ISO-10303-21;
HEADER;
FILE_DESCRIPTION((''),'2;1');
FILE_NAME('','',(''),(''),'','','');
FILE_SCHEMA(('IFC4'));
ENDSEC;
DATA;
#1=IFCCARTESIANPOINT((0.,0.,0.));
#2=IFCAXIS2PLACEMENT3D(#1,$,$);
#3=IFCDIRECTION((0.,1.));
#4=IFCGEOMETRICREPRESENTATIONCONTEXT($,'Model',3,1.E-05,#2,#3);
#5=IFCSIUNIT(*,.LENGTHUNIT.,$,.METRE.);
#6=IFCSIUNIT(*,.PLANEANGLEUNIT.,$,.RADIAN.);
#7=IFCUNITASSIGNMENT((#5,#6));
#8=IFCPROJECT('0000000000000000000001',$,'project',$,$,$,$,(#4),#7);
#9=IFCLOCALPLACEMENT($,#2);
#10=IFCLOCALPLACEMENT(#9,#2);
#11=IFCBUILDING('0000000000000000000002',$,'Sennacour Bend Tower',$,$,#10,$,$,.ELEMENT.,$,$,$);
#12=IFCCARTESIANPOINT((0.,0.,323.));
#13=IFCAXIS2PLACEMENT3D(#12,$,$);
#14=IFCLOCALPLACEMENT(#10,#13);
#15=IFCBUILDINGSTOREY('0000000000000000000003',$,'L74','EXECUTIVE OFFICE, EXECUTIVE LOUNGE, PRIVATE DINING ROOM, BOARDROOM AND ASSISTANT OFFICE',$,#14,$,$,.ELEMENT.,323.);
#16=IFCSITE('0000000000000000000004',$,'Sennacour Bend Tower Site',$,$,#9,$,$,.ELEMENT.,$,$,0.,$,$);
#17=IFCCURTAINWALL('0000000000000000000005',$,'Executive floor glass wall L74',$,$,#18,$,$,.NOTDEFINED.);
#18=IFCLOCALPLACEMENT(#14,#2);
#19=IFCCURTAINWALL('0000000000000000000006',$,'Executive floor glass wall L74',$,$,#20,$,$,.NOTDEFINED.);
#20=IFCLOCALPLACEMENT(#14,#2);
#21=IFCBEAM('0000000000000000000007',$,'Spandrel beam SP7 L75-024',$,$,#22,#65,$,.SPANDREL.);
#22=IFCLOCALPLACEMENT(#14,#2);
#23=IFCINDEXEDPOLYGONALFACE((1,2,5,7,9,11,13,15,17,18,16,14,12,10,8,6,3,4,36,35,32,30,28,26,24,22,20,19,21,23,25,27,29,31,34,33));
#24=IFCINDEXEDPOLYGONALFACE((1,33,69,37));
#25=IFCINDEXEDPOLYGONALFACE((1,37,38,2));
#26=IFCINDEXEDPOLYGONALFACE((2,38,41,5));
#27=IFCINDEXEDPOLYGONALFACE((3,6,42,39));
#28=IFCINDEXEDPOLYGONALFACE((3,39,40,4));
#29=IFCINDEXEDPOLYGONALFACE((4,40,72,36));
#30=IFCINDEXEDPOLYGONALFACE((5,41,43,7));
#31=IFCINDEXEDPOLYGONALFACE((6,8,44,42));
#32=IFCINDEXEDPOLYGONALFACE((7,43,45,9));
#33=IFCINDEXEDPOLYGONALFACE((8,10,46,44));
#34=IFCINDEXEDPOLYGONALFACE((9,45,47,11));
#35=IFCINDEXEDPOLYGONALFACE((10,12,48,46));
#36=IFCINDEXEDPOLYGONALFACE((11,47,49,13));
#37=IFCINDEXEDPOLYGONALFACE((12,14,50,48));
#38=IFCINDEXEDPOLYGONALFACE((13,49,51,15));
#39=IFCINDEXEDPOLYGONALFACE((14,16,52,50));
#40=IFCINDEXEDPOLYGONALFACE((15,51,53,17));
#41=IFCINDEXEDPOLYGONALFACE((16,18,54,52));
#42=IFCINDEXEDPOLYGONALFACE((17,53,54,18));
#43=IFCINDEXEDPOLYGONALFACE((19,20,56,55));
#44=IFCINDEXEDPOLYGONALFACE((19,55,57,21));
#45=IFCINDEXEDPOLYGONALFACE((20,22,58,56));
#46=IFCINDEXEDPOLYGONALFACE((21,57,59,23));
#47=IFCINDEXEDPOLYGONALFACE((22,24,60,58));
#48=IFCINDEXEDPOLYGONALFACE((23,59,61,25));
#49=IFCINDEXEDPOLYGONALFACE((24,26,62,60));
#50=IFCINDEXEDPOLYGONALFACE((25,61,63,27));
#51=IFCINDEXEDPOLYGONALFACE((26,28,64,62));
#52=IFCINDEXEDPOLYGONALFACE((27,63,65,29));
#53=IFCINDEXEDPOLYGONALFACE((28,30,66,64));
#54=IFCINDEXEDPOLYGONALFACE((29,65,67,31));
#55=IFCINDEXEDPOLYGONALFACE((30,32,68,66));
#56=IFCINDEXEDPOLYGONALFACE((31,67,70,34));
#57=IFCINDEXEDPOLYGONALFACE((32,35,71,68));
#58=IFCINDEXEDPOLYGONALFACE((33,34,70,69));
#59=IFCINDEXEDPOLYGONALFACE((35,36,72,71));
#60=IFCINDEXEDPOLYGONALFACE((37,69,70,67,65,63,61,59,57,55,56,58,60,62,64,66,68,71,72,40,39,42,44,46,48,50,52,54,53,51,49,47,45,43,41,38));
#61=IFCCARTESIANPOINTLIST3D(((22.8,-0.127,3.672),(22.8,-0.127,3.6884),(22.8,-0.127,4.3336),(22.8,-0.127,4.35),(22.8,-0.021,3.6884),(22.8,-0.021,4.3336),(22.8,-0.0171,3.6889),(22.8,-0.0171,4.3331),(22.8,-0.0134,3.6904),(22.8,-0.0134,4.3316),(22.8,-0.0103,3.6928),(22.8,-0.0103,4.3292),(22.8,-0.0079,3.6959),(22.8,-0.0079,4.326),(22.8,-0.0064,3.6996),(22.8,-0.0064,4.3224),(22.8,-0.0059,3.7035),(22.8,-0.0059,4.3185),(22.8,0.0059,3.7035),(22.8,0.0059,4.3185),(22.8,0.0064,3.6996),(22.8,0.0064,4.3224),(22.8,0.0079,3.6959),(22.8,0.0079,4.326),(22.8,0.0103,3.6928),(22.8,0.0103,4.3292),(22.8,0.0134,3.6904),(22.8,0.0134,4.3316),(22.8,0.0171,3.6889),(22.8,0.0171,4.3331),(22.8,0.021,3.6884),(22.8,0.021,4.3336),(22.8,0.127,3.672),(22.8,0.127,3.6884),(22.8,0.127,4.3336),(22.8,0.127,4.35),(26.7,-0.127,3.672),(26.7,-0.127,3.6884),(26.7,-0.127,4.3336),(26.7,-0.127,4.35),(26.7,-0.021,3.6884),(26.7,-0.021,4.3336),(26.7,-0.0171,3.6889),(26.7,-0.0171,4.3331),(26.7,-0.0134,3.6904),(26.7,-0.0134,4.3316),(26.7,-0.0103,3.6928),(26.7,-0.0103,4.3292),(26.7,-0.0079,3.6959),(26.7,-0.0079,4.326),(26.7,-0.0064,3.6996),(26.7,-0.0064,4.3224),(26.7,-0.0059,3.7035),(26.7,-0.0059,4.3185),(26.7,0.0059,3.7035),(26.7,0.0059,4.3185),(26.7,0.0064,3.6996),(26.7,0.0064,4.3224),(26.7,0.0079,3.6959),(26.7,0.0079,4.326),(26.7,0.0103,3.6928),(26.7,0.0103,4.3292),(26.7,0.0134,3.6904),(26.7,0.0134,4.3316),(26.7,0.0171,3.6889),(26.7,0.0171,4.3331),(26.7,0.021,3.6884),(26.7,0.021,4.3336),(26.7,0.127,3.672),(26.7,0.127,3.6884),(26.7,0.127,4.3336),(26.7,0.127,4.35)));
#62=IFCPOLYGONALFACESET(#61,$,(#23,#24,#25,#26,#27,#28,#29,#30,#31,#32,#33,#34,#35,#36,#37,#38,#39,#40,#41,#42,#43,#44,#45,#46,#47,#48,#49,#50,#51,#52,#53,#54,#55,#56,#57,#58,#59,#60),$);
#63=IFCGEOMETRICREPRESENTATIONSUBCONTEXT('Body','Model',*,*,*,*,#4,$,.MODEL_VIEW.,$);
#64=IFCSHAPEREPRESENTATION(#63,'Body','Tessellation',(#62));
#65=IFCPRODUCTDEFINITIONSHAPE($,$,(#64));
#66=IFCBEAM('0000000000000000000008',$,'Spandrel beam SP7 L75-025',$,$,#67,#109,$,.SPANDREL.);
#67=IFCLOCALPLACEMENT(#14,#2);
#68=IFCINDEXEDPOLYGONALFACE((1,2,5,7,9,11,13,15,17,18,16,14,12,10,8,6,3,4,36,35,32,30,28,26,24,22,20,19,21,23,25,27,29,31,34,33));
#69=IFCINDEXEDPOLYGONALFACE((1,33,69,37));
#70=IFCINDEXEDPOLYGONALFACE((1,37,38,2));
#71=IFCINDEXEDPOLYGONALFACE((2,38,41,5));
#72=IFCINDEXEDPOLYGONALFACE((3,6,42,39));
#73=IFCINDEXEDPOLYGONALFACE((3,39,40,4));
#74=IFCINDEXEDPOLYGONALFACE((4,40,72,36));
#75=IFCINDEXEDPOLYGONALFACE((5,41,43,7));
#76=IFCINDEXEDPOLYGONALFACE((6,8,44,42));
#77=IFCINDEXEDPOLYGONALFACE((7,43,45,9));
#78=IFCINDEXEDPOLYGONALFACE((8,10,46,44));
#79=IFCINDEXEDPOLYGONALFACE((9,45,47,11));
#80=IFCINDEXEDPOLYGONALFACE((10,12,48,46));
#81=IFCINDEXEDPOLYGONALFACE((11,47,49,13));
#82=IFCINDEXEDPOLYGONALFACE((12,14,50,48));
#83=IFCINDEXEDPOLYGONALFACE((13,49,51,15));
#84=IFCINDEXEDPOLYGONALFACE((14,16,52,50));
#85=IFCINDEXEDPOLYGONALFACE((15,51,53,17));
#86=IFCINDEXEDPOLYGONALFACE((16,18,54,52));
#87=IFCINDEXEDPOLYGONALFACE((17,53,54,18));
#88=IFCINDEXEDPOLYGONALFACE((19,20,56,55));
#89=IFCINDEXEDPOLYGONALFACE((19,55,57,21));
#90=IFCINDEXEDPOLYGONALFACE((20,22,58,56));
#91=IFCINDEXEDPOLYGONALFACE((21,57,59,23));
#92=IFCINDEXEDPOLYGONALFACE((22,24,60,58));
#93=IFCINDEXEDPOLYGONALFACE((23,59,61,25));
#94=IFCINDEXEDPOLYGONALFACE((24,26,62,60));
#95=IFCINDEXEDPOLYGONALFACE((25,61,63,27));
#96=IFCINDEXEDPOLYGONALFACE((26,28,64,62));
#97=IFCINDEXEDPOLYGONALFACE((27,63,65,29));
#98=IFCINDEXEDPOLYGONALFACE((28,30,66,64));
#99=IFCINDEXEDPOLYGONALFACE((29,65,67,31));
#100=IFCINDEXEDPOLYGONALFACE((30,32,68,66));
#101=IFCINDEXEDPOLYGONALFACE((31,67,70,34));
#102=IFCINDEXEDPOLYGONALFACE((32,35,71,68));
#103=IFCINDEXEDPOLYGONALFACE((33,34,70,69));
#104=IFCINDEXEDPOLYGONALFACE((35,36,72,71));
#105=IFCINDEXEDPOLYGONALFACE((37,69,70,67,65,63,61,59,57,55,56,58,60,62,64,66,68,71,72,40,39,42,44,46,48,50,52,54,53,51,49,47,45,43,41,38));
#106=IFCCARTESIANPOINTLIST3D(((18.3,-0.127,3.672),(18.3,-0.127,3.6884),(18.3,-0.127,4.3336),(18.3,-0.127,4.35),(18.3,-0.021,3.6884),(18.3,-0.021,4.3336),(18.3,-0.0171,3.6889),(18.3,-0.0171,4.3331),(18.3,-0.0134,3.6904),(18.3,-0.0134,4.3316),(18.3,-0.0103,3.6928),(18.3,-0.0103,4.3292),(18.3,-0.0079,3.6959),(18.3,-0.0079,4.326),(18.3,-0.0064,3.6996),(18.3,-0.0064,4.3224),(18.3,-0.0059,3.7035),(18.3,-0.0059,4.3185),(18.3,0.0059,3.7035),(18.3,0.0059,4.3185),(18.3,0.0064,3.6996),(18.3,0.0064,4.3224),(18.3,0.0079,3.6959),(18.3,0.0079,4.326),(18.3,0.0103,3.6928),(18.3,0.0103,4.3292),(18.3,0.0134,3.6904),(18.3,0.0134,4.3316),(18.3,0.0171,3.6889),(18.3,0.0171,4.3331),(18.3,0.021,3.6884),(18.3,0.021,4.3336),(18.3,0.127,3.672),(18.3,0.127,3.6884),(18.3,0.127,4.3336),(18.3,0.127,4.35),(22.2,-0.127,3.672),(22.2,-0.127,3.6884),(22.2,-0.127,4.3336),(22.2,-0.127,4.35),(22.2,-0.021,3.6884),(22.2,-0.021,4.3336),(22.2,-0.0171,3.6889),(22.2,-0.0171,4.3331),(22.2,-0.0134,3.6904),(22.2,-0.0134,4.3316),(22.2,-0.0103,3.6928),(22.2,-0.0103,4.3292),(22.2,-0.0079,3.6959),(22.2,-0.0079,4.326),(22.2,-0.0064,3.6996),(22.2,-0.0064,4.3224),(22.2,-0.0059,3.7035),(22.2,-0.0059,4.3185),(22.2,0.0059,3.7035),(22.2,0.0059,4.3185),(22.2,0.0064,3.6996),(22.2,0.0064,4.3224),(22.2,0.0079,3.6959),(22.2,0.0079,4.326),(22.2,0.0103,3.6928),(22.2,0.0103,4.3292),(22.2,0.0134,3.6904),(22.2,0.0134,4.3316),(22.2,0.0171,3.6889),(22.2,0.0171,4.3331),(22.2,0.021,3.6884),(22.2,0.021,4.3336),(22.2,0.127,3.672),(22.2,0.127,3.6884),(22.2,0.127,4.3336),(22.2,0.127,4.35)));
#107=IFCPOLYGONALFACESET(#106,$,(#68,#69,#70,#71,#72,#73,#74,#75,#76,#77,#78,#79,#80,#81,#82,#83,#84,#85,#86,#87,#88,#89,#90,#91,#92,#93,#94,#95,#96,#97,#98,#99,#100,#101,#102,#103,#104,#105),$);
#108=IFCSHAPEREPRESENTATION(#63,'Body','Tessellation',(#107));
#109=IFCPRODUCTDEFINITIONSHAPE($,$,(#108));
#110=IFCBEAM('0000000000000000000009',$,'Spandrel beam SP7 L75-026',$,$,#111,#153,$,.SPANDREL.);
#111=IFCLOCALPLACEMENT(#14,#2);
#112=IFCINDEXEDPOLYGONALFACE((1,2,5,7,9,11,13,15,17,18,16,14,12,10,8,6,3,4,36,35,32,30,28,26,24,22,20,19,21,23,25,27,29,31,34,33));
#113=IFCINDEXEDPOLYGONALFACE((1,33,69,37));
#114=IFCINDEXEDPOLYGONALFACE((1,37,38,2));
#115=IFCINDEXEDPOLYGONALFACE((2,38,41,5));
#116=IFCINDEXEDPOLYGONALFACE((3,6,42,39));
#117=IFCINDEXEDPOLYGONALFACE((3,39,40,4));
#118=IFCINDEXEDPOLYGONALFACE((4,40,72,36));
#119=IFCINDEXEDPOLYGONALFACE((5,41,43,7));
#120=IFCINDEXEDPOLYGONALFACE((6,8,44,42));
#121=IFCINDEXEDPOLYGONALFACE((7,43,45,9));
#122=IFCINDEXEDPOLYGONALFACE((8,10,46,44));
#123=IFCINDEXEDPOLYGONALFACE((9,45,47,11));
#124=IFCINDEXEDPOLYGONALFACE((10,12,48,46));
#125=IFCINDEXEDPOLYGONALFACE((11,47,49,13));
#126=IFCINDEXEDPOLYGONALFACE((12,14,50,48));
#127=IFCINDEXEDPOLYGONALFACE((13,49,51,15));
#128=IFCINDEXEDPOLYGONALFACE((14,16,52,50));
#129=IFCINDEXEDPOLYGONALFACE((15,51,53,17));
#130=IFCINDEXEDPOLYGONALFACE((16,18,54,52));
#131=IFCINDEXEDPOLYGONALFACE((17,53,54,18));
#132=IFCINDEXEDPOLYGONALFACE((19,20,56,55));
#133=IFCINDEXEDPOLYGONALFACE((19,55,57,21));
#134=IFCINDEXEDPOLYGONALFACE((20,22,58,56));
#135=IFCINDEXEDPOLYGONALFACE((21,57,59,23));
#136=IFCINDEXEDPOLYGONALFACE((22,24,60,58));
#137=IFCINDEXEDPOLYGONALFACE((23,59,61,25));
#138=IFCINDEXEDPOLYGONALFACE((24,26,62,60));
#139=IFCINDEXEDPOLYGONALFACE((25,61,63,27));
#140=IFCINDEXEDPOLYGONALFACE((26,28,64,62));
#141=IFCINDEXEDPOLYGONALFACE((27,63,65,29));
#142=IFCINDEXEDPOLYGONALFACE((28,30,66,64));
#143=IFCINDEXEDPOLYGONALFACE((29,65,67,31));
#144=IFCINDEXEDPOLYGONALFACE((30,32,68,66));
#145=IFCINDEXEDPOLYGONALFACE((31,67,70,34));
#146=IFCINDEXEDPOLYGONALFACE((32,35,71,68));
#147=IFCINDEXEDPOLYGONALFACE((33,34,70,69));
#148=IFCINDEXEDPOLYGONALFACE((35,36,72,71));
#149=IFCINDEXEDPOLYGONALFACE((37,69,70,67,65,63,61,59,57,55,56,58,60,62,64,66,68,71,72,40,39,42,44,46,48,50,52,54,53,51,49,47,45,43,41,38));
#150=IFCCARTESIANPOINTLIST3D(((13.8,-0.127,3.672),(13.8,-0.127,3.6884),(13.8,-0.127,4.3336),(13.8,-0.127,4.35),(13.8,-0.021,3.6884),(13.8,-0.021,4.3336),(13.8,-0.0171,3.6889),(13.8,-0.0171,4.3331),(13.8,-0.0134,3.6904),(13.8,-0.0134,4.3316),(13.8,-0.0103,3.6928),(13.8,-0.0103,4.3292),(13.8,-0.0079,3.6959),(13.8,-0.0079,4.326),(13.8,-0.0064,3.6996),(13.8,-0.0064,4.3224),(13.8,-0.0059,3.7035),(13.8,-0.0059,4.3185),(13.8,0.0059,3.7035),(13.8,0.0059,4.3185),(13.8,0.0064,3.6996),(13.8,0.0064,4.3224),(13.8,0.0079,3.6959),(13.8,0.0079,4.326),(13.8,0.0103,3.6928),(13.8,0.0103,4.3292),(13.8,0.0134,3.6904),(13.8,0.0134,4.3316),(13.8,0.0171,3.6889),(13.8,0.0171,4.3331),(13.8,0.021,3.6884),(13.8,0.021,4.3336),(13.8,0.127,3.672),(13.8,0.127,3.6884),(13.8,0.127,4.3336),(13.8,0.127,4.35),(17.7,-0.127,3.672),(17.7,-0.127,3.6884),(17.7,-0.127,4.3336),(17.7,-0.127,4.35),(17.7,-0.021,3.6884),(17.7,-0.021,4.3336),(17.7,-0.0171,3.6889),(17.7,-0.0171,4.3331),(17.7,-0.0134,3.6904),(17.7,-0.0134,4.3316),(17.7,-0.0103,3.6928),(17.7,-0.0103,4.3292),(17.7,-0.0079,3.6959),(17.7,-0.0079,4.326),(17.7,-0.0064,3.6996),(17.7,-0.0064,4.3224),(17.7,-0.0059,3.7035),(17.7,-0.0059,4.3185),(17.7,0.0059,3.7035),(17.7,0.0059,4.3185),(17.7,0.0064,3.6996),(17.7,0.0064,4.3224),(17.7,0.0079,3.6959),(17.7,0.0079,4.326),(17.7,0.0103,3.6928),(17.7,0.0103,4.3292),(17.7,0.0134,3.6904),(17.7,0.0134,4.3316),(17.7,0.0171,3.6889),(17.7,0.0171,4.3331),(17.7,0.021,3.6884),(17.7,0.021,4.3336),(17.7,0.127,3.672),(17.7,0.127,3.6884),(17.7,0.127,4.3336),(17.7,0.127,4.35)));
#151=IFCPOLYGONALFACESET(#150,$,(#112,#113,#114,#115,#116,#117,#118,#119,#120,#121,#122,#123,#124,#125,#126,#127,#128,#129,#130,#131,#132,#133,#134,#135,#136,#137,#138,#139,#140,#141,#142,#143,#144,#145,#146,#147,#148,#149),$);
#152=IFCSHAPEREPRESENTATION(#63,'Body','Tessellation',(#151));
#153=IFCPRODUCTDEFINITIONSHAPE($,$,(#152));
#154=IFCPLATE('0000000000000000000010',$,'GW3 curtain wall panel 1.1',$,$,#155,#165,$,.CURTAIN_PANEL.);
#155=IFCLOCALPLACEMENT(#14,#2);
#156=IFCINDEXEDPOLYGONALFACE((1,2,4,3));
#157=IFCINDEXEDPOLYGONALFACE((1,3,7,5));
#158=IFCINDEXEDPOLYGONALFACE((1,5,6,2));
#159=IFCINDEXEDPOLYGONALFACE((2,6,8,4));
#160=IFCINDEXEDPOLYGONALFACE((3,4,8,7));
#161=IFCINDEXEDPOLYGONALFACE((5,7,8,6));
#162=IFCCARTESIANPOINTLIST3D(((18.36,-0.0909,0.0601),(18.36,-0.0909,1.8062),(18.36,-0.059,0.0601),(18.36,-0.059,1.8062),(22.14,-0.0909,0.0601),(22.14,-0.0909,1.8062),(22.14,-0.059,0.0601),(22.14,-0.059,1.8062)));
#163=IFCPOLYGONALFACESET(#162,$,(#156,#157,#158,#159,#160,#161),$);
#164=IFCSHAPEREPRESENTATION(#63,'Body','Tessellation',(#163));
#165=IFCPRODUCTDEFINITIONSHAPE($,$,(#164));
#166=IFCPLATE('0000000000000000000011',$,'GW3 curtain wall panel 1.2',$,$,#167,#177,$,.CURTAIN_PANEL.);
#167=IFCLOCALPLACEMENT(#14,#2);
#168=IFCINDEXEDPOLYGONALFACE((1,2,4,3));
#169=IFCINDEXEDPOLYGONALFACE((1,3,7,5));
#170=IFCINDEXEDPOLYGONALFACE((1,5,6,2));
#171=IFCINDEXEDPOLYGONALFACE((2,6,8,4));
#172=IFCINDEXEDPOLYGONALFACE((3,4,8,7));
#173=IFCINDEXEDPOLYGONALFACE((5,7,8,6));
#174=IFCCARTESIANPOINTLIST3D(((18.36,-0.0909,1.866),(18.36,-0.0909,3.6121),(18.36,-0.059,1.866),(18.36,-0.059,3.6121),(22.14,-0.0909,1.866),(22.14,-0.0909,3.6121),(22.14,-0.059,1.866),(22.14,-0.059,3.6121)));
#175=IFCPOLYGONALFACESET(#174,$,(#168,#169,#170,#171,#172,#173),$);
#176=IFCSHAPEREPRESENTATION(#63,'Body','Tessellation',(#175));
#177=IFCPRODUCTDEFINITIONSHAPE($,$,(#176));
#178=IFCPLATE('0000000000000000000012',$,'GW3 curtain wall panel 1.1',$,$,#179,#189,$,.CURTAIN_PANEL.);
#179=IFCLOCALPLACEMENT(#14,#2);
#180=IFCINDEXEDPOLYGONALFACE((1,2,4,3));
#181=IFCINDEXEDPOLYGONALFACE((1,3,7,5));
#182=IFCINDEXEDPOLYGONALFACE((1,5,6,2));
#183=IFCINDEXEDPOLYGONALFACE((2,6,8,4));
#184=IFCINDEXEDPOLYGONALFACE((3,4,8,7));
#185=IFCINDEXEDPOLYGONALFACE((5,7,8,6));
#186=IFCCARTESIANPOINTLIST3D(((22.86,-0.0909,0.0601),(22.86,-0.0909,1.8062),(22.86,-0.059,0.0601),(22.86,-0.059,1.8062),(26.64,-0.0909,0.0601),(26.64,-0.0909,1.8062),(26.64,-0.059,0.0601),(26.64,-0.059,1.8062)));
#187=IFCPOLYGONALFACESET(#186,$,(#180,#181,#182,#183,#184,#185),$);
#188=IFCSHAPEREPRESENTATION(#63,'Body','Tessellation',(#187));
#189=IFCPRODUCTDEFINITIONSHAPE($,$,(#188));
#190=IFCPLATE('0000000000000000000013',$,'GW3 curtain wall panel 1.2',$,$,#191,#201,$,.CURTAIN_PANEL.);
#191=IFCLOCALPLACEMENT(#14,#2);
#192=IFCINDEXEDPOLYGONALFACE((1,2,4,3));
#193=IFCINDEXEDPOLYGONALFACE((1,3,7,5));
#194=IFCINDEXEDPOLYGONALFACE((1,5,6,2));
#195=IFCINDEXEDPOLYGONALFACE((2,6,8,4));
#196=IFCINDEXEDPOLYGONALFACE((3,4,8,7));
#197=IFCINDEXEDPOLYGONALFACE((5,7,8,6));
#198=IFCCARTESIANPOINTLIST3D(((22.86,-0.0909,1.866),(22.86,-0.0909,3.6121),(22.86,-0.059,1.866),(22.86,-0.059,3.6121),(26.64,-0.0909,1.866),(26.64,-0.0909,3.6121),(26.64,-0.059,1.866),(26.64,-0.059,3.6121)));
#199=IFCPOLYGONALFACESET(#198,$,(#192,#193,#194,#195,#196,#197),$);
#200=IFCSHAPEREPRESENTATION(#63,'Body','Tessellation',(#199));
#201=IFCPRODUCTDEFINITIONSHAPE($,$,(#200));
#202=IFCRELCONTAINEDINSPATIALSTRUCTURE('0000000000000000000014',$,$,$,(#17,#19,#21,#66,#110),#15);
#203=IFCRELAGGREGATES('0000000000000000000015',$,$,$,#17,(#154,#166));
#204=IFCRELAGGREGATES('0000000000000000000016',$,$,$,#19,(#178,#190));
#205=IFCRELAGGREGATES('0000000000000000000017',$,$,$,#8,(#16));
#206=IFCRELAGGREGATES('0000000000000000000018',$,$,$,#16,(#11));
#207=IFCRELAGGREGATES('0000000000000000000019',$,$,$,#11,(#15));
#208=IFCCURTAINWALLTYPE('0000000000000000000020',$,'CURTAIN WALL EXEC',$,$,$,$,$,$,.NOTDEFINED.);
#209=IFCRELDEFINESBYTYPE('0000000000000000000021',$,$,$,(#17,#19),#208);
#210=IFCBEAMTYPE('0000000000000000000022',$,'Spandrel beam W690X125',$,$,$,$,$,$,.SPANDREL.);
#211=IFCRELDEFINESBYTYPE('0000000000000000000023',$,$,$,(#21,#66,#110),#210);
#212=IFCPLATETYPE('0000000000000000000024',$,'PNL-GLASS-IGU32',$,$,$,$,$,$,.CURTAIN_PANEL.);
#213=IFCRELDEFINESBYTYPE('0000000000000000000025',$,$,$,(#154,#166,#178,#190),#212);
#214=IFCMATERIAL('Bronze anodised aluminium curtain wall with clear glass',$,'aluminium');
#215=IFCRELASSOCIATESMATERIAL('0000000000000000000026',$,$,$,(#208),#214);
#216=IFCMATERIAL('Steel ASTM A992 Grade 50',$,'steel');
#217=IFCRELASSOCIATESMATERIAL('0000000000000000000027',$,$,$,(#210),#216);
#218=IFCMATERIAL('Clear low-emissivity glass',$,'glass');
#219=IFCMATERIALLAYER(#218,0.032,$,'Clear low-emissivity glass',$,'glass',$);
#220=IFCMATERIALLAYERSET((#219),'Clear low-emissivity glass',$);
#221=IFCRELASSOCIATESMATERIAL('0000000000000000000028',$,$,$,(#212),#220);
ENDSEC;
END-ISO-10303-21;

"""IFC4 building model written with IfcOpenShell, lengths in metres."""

from ifc_helpers import new_model, si_unit, direction, frame, origin, origin_2d, place, context, subcontext, project, spatial, rectangle, i_section, extrude, material, layer, layer_set, material_profile, profile_set, type_object, element, aggregate, save


model = new_model("IFC4")

# Units and contexts
model_context = context("Model", 3, precision=1e-05, world=origin(), true_north=direction((0.0, 1.0)))
body_context = subcontext(model_context, "Body", "Model", "MODEL_VIEW")
ifc_project = project(units=[si_unit("LENGTHUNIT", "METRE"), si_unit("PLANEANGLEUNIT", "RADIAN")], contexts=[model_context])

# Site, building, storey
site_placement = place(None, origin())
site = spatial("IfcSite", under=ifc_project, at=site_placement, Name="Sennacour Bend Tower Site", CompositionType="ELEMENT", RefElevation=0.0)
building_placement = place(site_placement, origin())
building = spatial("IfcBuilding", under=site, at=building_placement, Name="Sennacour Bend Tower", CompositionType="ELEMENT")
storey_placement = place(building_placement, frame((0.0, 0.0, 323.0)))
storey = spatial("IfcBuildingStorey", under=building, at=storey_placement, Name="L74", Description="EXECUTIVE OFFICE, EXECUTIVE LOUNGE, PRIVATE DINING ROOM, BOARDROOM AND ASSISTANT OFFICE", CompositionType="ELEMENT", Elevation=323.0)

# Shared definitions
ifc_material_1 = material(Name="Bronze anodised aluminium curtain wall with clear glass", Category="aluminium")
curtain_wall_type = type_object("IfcCurtainWallType", Name="CURTAIN WALL EXEC", PredefinedType="NOTDEFINED", material=ifc_material_1)

# Curtain walls
curtain_wall_1_placement = place(storey_placement, origin())
curtain_wall_1 = element("IfcCurtainWall", 1, at=curtain_wall_1_placement, inside=storey, type_object=curtain_wall_type, Name="Executive floor glass wall L74", PredefinedType="NOTDEFINED")
curtain_wall_2_placement = place(storey_placement, origin())
curtain_wall_2 = element("IfcCurtainWall", 2, at=curtain_wall_2_placement, inside=storey, type_object=curtain_wall_type, Name="Executive floor glass wall L74", PredefinedType="NOTDEFINED")

# Beams
ifc_material_2 = material(Name="Steel ASTM A992 Grade 50", Category="steel")
ifc_material_profile_1 = material_profile(ifc_material_2, i_section(OverallWidth=0.2539, OverallDepth=0.678, WebThickness=0.0117, FlangeThickness=0.0164, FilletRadius=0.0151, at=origin_2d()), Name="Steel ASTM A992 Grade 50", Category="steel")
ifc_profile_set_1 = profile_set([ifc_material_profile_1], Name="Steel ASTM A992 Grade 50")
beam_type_1 = type_object("IfcBeamType", Name="Spandrel beam W690X125", PredefinedType="SPANDREL", material=ifc_profile_set_1)
for number, where, z_axis, x_axis, name in (
    (3, (26.7, 0.0, 4.011), (-1.0, 0.0, 0.0), (0.0, -1.0, 0.0), "Spandrel beam SP7 L75-024"),
    (4, (22.2, 0.0, 4.011), (-1.0, 0.0, 0.0), (0.0, -1.0, 0.0), "Spandrel beam SP7 L75-025"),
    (5, (17.7, 0.0, 4.011), (-1.0, 0.0, 0.0), (0.0, -1.0, 0.0), "Spandrel beam SP7 L75-026"),
):
    element("IfcBeam", number, at=place(storey_placement, frame(where, z_axis=z_axis, x_axis=x_axis)), inside=storey, type_object=beam_type_1, Name=name, PredefinedType="SPANDREL", context=body_context, shape_type="SweptSolid", body=[
        extrude(i_section(OverallWidth=0.2539, OverallDepth=0.678, WebThickness=0.0117, FlangeThickness=0.0164, FilletRadius=0.0151, at=origin_2d()), origin(), (0.0, 0.0, 1.0), 3.8999),
    ])

# Plates
ifc_material_3 = material(Name="Clear low-emissivity glass", Category="glass")
ifc_layer_1 = layer(ifc_material_3, 0.032, Name="Clear low-emissivity glass", Category="glass")
ifc_layer_set_1 = layer_set([ifc_layer_1], Name="Clear low-emissivity glass")
plate_type = type_object("IfcPlateType", Name="PNL-GLASS-IGU32", PredefinedType="CURTAIN_PANEL", material=ifc_layer_set_1)
plate_1_placement = place(storey_placement, frame((20.25, -0.075, 0.0601), z_axis=(0.0, 0.0, 1.0), x_axis=(1.0, 0.0, 0.0)))
plate_1 = element("IfcPlate", 6, at=plate_1_placement, type_object=plate_type, Name="GW3 curtain wall panel 1.1", PredefinedType="CURTAIN_PANEL", context=body_context, shape_type="SweptSolid", body=[
    extrude(rectangle(XDim=3.78, YDim=0.032, at=origin_2d()), origin(), (0.0, 0.0, 1.0), 1.7461),
])
plate_2_placement = place(storey_placement, frame((20.25, -0.075, 1.866), z_axis=(0.0, 0.0, 1.0), x_axis=(1.0, 0.0, 0.0)))
plate_2 = element("IfcPlate", 7, at=plate_2_placement, type_object=plate_type, Name="GW3 curtain wall panel 1.2", PredefinedType="CURTAIN_PANEL", context=body_context, shape_type="SweptSolid", body=[
    extrude(rectangle(XDim=3.78, YDim=0.032, at=origin_2d()), origin(), (0.0, 0.0, 1.0), 1.7461),
])
aggregate(curtain_wall_1, [plate_1, plate_2])
plate_3_placement = place(storey_placement, frame((24.75, -0.075, 0.0601), z_axis=(0.0, 0.0, 1.0), x_axis=(1.0, 0.0, 0.0)))
plate_3 = element("IfcPlate", 8, at=plate_3_placement, type_object=plate_type, Name="GW3 curtain wall panel 1.1", PredefinedType="CURTAIN_PANEL", context=body_context, shape_type="SweptSolid", body=[
    extrude(rectangle(XDim=3.78, YDim=0.032, at=origin_2d()), origin(), (0.0, 0.0, 1.0), 1.7461),
])
plate_4_placement = place(storey_placement, frame((24.75, -0.075, 1.866), z_axis=(0.0, 0.0, 1.0), x_axis=(1.0, 0.0, 0.0)))
plate_4 = element("IfcPlate", 9, at=plate_4_placement, type_object=plate_type, Name="GW3 curtain wall panel 1.2", PredefinedType="CURTAIN_PANEL", context=body_context, shape_type="SweptSolid", body=[
    extrude(rectangle(XDim=3.78, YDim=0.032, at=origin_2d()), origin(), (0.0, 0.0, 1.0), 1.7461),
])
aggregate(curtain_wall_2, [plate_3, plate_4])

save(model, "model.ifc")
